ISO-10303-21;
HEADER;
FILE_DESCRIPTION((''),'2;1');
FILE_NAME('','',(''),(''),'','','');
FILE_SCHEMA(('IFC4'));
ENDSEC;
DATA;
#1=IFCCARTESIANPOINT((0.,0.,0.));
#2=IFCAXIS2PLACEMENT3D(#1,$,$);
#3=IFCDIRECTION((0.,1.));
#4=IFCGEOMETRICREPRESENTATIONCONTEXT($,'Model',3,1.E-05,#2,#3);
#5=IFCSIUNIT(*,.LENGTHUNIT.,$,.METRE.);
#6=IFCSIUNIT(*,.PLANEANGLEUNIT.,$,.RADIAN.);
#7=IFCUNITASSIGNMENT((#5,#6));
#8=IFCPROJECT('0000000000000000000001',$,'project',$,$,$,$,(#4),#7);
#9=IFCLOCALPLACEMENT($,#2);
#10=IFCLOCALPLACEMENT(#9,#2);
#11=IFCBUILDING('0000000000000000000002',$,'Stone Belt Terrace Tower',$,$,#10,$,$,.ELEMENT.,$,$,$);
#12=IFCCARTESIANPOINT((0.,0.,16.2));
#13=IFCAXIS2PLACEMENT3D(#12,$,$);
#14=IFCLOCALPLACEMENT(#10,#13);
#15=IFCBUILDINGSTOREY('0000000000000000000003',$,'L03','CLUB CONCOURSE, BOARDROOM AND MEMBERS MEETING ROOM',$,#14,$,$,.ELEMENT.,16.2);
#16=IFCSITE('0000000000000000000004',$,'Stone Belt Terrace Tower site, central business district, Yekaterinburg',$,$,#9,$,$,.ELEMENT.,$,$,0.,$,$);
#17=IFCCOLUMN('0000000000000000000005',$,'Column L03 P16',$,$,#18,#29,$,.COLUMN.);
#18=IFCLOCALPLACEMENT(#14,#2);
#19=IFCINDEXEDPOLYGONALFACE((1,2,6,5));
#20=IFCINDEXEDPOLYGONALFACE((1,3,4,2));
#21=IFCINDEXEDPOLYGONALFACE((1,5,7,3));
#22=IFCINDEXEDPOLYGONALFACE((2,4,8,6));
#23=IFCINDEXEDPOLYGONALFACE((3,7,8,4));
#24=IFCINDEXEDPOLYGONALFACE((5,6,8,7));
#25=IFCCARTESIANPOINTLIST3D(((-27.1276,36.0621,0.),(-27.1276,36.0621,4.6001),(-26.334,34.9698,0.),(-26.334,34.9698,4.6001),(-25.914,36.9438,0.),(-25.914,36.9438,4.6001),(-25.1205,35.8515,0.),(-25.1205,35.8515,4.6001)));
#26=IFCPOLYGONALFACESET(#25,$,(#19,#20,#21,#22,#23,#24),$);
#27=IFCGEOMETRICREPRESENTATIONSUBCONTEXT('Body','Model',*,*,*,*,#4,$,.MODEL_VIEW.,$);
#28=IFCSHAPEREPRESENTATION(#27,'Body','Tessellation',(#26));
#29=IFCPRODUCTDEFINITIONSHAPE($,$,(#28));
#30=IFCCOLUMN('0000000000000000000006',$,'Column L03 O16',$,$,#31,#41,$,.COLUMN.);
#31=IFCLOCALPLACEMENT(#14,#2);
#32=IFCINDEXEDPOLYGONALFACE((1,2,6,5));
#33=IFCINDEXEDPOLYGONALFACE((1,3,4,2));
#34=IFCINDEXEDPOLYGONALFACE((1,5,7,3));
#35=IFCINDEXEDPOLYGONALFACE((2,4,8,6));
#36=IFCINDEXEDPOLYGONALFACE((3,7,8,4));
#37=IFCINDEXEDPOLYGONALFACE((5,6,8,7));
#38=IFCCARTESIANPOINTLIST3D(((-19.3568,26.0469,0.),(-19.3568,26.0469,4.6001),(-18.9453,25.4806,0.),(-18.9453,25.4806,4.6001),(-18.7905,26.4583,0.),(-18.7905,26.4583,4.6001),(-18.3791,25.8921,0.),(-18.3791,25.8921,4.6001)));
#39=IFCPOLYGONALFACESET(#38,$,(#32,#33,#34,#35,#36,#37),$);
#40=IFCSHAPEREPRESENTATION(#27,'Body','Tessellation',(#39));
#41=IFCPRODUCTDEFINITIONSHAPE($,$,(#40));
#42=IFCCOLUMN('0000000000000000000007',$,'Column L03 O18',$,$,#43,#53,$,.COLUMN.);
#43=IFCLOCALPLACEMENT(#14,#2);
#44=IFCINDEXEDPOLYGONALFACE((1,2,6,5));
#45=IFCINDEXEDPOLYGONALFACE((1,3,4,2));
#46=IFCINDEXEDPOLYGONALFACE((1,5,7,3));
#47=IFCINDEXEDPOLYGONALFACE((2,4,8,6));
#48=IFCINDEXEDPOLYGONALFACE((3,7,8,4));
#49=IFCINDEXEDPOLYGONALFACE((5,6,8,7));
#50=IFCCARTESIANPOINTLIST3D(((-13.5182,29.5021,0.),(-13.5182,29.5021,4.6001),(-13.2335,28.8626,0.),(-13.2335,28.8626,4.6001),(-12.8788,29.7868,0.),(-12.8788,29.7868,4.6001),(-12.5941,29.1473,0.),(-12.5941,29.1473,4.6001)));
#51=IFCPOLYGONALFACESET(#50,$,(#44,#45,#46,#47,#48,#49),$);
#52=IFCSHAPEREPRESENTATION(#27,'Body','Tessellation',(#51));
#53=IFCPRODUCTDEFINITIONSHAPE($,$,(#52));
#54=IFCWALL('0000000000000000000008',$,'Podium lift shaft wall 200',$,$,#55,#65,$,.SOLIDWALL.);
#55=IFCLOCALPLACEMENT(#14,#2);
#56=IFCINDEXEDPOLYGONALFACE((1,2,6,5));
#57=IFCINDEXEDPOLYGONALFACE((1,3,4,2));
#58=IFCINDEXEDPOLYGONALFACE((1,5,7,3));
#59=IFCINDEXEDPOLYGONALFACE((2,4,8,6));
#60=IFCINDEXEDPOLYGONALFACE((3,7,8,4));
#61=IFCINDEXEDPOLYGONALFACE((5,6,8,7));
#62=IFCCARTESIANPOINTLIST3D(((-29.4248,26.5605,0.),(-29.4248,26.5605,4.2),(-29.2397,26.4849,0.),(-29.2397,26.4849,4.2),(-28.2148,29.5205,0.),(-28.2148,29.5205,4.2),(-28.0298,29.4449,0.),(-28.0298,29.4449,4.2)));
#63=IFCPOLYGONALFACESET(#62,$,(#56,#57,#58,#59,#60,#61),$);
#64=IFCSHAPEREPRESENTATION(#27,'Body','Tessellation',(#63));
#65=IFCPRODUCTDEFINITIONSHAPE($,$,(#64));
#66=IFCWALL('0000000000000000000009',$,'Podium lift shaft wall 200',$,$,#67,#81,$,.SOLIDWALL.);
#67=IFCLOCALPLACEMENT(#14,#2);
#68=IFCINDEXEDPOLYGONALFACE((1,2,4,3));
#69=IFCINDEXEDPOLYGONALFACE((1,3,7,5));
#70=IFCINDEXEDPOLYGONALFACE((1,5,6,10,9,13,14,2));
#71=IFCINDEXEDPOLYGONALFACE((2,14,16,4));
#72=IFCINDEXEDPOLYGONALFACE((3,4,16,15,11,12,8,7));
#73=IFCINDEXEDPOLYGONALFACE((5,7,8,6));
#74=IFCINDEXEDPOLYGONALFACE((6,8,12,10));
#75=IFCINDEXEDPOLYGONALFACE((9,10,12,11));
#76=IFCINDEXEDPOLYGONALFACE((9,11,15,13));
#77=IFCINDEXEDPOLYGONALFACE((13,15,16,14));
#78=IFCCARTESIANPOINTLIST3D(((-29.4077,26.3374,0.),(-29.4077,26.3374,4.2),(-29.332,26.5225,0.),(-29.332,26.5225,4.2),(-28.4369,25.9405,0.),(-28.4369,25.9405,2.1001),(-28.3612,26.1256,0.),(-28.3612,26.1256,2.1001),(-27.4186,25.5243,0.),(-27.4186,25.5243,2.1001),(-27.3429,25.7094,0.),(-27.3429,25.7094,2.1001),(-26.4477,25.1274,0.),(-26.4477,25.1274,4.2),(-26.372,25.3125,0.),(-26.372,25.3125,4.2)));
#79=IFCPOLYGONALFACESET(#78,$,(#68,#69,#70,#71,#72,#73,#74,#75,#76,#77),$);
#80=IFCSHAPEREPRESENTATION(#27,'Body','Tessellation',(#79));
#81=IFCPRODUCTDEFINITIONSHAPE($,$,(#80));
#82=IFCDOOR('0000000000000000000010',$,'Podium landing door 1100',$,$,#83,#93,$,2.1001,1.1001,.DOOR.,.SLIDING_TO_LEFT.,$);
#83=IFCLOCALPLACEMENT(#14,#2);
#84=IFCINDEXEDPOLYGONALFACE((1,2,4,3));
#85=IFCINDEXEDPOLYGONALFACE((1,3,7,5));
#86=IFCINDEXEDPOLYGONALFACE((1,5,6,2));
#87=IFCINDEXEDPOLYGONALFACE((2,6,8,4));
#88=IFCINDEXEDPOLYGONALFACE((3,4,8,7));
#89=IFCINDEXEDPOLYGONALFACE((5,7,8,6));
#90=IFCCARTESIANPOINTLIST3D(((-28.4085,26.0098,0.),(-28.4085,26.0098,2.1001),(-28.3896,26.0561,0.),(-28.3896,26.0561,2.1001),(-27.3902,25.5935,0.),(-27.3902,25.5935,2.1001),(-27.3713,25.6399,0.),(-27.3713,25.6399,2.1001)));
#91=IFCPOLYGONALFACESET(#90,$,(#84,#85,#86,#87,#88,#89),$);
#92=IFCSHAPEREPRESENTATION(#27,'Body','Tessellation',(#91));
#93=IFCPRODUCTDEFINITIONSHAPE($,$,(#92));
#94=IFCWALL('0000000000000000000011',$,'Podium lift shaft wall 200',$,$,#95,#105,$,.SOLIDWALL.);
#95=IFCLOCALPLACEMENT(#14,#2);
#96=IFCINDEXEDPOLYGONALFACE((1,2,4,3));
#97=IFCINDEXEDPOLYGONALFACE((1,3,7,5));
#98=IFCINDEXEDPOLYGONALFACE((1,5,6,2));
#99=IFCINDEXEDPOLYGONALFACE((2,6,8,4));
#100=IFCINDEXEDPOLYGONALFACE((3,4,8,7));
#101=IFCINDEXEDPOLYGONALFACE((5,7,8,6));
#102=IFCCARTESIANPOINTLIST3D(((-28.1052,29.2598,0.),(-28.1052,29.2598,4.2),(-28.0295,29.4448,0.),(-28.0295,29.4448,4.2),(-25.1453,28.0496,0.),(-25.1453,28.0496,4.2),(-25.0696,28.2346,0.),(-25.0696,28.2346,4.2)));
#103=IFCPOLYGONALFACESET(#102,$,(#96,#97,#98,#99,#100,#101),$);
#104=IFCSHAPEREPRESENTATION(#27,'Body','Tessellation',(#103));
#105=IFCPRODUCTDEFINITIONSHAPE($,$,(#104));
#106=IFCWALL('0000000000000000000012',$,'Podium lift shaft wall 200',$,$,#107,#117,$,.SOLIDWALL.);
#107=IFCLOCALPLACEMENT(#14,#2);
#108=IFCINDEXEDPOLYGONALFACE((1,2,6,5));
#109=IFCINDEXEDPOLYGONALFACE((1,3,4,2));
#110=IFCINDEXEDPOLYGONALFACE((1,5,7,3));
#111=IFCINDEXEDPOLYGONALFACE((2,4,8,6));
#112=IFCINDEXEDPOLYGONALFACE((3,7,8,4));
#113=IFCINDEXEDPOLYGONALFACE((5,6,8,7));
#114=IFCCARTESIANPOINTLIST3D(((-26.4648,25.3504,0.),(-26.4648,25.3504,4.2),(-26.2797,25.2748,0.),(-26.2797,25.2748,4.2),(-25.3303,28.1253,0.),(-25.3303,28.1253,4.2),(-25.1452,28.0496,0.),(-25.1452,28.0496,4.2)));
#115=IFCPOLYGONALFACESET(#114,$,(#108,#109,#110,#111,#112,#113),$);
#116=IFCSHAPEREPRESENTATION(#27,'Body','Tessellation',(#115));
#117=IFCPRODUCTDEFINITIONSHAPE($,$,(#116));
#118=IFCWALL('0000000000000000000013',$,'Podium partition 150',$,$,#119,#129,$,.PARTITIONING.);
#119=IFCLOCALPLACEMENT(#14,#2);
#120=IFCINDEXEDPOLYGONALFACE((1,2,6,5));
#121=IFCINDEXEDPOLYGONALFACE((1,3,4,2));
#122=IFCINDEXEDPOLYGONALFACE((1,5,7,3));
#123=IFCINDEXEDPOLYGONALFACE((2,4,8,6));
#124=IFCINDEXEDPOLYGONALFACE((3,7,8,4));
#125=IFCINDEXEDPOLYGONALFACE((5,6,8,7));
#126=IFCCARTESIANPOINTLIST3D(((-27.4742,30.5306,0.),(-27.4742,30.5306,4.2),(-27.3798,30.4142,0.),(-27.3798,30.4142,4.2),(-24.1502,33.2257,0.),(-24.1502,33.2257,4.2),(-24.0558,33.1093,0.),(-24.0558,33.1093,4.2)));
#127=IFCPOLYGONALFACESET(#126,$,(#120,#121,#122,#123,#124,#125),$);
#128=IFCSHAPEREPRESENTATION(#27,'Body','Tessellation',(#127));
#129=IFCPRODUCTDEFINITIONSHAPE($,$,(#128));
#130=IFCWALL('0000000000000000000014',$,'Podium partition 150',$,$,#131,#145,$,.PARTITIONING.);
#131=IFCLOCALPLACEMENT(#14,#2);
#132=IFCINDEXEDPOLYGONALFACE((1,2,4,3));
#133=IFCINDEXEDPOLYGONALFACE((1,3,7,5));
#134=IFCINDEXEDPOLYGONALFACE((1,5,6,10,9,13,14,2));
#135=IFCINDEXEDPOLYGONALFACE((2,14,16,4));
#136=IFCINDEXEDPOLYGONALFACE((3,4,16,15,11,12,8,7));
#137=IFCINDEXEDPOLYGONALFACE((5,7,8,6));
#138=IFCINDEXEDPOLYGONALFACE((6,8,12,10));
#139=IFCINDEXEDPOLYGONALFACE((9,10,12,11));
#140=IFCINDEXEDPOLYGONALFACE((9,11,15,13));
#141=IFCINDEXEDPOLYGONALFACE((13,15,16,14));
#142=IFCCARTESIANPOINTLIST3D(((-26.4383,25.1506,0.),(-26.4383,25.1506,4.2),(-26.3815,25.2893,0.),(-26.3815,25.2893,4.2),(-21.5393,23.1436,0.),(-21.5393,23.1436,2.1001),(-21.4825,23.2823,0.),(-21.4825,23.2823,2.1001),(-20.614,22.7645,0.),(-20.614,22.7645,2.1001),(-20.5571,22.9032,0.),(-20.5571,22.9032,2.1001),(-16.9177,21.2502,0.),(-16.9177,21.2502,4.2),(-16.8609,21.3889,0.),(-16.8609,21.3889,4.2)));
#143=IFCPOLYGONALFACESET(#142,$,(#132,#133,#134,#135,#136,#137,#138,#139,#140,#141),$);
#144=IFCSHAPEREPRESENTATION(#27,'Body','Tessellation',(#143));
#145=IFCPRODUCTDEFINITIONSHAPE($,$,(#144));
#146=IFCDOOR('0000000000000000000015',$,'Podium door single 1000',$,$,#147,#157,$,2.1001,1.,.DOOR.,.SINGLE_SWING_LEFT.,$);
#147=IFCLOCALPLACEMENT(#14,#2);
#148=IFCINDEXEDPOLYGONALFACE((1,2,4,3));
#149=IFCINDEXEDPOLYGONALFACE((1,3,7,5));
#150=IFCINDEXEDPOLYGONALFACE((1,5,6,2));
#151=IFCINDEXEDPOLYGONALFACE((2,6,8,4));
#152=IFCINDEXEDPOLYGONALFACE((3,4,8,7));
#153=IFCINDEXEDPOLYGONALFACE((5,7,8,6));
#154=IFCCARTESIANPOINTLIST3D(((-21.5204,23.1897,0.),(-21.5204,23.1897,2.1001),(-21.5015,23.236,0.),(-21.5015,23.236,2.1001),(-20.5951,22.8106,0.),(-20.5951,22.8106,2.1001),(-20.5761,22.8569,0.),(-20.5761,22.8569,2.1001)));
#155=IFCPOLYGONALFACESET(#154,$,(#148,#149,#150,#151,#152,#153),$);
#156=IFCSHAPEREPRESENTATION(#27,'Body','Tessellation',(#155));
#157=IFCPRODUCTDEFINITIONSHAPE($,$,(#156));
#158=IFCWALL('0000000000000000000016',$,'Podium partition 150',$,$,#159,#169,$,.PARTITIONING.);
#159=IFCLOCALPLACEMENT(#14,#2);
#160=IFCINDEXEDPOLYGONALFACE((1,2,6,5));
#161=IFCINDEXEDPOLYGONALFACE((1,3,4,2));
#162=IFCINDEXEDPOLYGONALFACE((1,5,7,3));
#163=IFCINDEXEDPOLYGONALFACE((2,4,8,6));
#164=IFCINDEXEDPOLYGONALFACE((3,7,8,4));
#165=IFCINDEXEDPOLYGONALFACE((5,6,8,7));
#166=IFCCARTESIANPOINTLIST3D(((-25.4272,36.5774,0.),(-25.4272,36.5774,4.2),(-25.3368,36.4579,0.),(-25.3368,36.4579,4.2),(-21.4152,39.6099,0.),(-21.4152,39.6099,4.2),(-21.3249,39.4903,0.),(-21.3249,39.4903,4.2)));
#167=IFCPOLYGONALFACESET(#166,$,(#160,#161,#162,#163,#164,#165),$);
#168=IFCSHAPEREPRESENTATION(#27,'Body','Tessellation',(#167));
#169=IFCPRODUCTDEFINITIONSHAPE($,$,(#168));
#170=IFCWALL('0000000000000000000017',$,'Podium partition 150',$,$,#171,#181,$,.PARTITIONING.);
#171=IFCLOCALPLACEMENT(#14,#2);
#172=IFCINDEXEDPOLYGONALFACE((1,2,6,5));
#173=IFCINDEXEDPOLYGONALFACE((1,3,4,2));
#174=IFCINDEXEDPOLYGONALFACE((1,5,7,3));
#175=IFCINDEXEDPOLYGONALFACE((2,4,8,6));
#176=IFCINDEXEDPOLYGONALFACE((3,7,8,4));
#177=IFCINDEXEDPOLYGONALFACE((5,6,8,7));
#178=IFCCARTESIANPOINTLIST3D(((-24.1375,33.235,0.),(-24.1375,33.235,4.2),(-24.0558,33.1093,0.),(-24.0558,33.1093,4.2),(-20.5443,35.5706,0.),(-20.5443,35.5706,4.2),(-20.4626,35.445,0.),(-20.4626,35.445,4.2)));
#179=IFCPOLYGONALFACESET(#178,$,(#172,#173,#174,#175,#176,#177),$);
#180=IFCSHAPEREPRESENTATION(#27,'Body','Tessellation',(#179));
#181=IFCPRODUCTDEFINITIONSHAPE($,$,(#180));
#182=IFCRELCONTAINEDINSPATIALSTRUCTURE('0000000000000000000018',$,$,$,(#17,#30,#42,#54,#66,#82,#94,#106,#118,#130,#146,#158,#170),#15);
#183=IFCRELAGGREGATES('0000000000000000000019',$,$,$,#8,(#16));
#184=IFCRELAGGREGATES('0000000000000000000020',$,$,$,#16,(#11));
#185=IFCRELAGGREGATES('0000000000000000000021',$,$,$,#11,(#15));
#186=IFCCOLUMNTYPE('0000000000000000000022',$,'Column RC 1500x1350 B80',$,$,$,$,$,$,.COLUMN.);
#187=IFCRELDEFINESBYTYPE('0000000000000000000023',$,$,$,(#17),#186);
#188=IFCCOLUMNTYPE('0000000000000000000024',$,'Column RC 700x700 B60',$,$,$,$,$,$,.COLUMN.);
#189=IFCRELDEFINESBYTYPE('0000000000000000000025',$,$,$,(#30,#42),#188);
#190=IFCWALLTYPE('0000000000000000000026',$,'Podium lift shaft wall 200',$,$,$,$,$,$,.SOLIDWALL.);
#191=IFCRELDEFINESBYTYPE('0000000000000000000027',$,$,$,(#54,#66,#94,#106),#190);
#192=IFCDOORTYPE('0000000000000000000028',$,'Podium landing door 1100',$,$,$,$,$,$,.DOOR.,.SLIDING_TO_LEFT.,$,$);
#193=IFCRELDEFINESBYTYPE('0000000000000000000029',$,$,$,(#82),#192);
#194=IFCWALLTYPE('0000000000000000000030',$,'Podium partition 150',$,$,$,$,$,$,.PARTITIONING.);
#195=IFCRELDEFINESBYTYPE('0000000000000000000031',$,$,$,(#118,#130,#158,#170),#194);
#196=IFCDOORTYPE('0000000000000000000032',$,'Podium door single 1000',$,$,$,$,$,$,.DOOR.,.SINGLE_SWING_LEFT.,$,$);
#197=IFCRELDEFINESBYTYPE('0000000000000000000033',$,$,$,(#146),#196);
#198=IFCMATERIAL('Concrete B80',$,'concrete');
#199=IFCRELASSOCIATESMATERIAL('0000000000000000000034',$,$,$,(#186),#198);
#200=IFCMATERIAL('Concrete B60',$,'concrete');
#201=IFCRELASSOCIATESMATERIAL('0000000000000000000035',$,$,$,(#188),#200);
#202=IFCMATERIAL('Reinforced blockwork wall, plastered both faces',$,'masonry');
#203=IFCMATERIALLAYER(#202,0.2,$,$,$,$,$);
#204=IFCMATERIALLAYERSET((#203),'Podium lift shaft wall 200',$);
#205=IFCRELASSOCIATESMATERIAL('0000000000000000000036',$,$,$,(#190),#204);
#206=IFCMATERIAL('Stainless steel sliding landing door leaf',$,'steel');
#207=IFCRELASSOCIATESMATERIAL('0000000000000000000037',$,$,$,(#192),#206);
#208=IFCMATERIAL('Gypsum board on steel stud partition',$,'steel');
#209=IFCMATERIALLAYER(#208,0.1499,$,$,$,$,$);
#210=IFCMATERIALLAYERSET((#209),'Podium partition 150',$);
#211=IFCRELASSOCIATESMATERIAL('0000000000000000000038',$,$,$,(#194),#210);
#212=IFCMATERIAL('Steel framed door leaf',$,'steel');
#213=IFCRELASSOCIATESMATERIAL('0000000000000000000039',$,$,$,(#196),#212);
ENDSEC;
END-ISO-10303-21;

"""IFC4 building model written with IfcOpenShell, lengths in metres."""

from ifc_helpers import new_model, si_unit, direction, frame, frame_2d, origin, origin_2d, place, context, subcontext, project, spatial, rectangle, extrude, material, layer, layer_set, material_profile, profile_set, type_object, element, fill, save


model = new_model("IFC4")

# Units and contexts
model_context = context("Model", 3, precision=1e-05, world=origin(), true_north=direction((0.0, 1.0)))
body_context = subcontext(model_context, "Body", "Model", "MODEL_VIEW")
ifc_project = project(units=[si_unit("LENGTHUNIT", "METRE"), si_unit("PLANEANGLEUNIT", "RADIAN")], contexts=[model_context])

# Site, building, storey
site_placement = place(None, origin())
site = spatial("IfcSite", under=ifc_project, at=site_placement, Name="Stone Belt Terrace Tower site, central business district, Yekaterinburg", CompositionType="ELEMENT", RefElevation=0.0)
building_placement = place(site_placement, origin())
building = spatial("IfcBuilding", under=site, at=building_placement, Name="Stone Belt Terrace Tower", CompositionType="ELEMENT")
storey_placement = place(building_placement, frame((0.0, 0.0, 16.2)))
storey = spatial("IfcBuildingStorey", under=building, at=storey_placement, Name="L03", Description="CLUB CONCOURSE, BOARDROOM AND MEMBERS MEETING ROOM", CompositionType="ELEMENT", Elevation=16.2)

# Columns
ifc_material_1 = material(Name="Concrete B80", Category="concrete")
ifc_material_profile_1 = material_profile(ifc_material_1, rectangle(XDim=1.5, YDim=1.3501, at=origin_2d()), Name="RC 1500x1350")
ifc_profile_set_1 = profile_set([ifc_material_profile_1], Name="Concrete B80")
column_type_1 = type_object("IfcColumnType", Name="Column RC 1500x1350 B80", PredefinedType="COLUMN", material=ifc_profile_set_1)
column_placement = place(storey_placement, frame((-26.124, 35.9568, 0.0), z_axis=(0.0, 0.0, 1.0), x_axis=(0.809017, 0.587785, 0.0)))
element("IfcColumn", 1, at=column_placement, inside=storey, type_object=column_type_1, Name="Column L03 P16", PredefinedType="COLUMN", context=body_context, shape_type="SweptSolid", body=[
    extrude(rectangle(XDim=1.5, YDim=1.3501, at=origin_2d()), origin(), (0.0, 0.0, 1.0), 4.6001),
])
ifc_material_2 = material(Name="Concrete B60", Category="concrete")
ifc_material_profile_2 = material_profile(ifc_material_2, rectangle(XDim=0.7, YDim=0.7, at=origin_2d()), Name="RC 700x700")
ifc_profile_set_2 = profile_set([ifc_material_profile_2], Name="Concrete B60")
column_type_2 = type_object("IfcColumnType", Name="Column RC 700x700 B60", PredefinedType="COLUMN", material=ifc_profile_set_2)
for number, where, z_axis, x_axis, name in (
    (2, (-18.8679, 25.9695, 0.0), (0.0, 0.0, 1.0), (0.809017, 0.587785, 0.0), "Column L03 O16"),
    (3, (-13.0562, 29.3247, 0.0), (0.0, 0.0, 1.0), (0.913545, 0.406737, 0.0), "Column L03 O18"),
):
    element("IfcColumn", number, at=place(storey_placement, frame(where, z_axis=z_axis, x_axis=x_axis)), inside=storey, type_object=column_type_2, Name=name, PredefinedType="COLUMN", context=body_context, shape_type="SweptSolid", body=[
        extrude(rectangle(XDim=0.7, YDim=0.7, at=origin_2d()), origin(), (0.0, 0.0, 1.0), 4.6001),
    ])

# Wall
ifc_material_3 = material(Name="Reinforced blockwork wall, plastered both faces", Category="masonry")
ifc_layer_1 = layer(ifc_material_3, 0.2)
ifc_layer_set_1 = layer_set([ifc_layer_1], Name="Podium lift shaft wall 200")
wall_type_1 = type_object("IfcWallType", Name="Podium lift shaft wall 200", PredefinedType="SOLIDWALL", material=ifc_layer_set_1)
wall_1_placement = place(storey_placement, frame((-29.3323, 26.5227, 0.0), z_axis=(0.0, 0.0, 1.0), x_axis=(0.378383, 0.925649, 0.0)))
element("IfcWall", 4, at=wall_1_placement, inside=storey, type_object=wall_type_1, Name="Podium lift shaft wall 200", PredefinedType="SOLIDWALL", context=body_context, shape_type="SweptSolid", body=[
    extrude(rectangle(XDim=3.1978, YDim=0.2, at=frame_2d((1.5989, 0.0))), origin(), (0.0, 0.0, 1.0), 4.2),
])

# Wall, opening, door
wall_2_placement = place(storey_placement, frame((-29.3699, 26.4299, 0.0), z_axis=(0.0, 0.0, 1.0), x_axis=(0.925649, -0.378383, 0.0)))
wall_2 = element("IfcWall", 5, at=wall_2_placement, inside=storey, type_object=wall_type_1, Name="Podium lift shaft wall 200", PredefinedType="SOLIDWALL", context=body_context, shape_type="SweptSolid", body=[
    extrude(rectangle(XDim=3.1978, YDim=0.2, at=frame_2d((1.5989, 0.0))), origin(), (0.0, 0.0, 1.0), 4.2),
])
opening_1_placement = place(wall_2_placement, frame((1.0488, 0.0, 0.0)))
opening_1 = element("IfcOpeningElement", 6, at=opening_1_placement, cuts=wall_2, PredefinedType="OPENING", context=body_context, shape_type="SweptSolid", body=[
    extrude(rectangle(XDim=1.1001, YDim=2.1001, at=frame_2d((0.55, 1.05))), frame((0.0, 0.1099, 0.0), z_axis=(0.0, -1.0, 0.0), x_axis=(1.0, 0.0, 0.0)), (0.0, 0.0, 1.0), 0.22),
])
ifc_material_4 = material(Name="Stainless steel sliding landing door leaf", Category="steel")
door_type_1 = type_object("IfcDoorType", Name="Podium landing door 1100", OperationType="SLIDING_TO_LEFT", PredefinedType="DOOR", material=ifc_material_4)
door_1_placement = place(opening_1_placement, origin())
door_1 = element("IfcDoor", 7, at=door_1_placement, inside=storey, type_object=door_type_1, Name="Podium landing door 1100", OperationType="SLIDING_TO_LEFT", OverallHeight=2.1001, OverallWidth=1.1001, PredefinedType="DOOR", context=body_context, shape_type="SweptSolid", body=[
    extrude(rectangle(XDim=1.1001, YDim=2.1001, at=frame_2d((0.55, 1.05))), frame((0.0, 0.0249, 0.0), z_axis=(0.0, -1.0, 0.0), x_axis=(1.0, 0.0, 0.0)), (0.0, 0.0, 1.0), 0.05),
])
fill(opening_1, door_1)

# Walls
wall_3_placement = place(storey_placement, frame((-28.0674, 29.3523, 0.0), z_axis=(0.0, 0.0, 1.0), x_axis=(0.925622, -0.378449, 0.0)))
element("IfcWall", 8, at=wall_3_placement, inside=storey, type_object=wall_type_1, Name="Podium lift shaft wall 200", PredefinedType="SOLIDWALL", context=body_context, shape_type="SweptSolid", body=[
    extrude(rectangle(XDim=3.1978, YDim=0.2, at=frame_2d((1.5989, 0.0))), origin(), (0.0, 0.0, 1.0), 4.2),
])
wall_4_placement = place(storey_placement, frame((-26.3723, 25.3125, 0.0), z_axis=(0.0, 0.0, 1.0), x_axis=(0.378443, 0.925625, 0.0)))
element("IfcWall", 9, at=wall_4_placement, inside=storey, type_object=wall_type_1, Name="Podium lift shaft wall 200", PredefinedType="SOLIDWALL", context=body_context, shape_type="SweptSolid", body=[
    extrude(rectangle(XDim=2.9978, YDim=0.2, at=frame_2d((1.499, 0.0))), origin(), (0.0, 0.0, 1.0), 4.2),
])
ifc_material_5 = material(Name="Gypsum board on steel stud partition", Category="steel")
ifc_layer_2 = layer(ifc_material_5, 0.1499)
ifc_layer_set_2 = layer_set([ifc_layer_2], Name="Podium partition 150")
wall_type_2 = type_object("IfcWallType", Name="Podium partition 150", PredefinedType="PARTITIONING", material=ifc_layer_set_2)
wall_5_placement = place(storey_placement, frame((-27.427, 30.4724, 0.0), z_axis=(0.0, 0.0, 1.0), x_axis=(0.776761, 0.629795, 0.0)))
element("IfcWall", 10, at=wall_5_placement, inside=storey, type_object=wall_type_2, Name="Podium partition 150", PredefinedType="PARTITIONING", context=body_context, shape_type="SweptSolid", body=[
    extrude(rectangle(XDim=4.2793, YDim=0.1499, at=frame_2d((2.1396, 0.0))), origin(), (0.0, 0.0, 1.0), 4.2),
])

# Wall, opening, door
wall_6_placement = place(storey_placement, frame((-26.4099, 25.22, 0.0), z_axis=(0.0, 0.0, 1.0), x_axis=(0.925355, -0.379102, 0.0)))
wall_6 = element("IfcWall", 11, at=wall_6_placement, inside=storey, type_object=wall_type_2, Name="Podium partition 150", PredefinedType="PARTITIONING", context=body_context, shape_type="SweptSolid", body=[
    extrude(rectangle(XDim=10.2886, YDim=0.1499, at=frame_2d((5.1443, 0.0))), origin(), (0.0, 0.0, 1.0), 4.2),
])
opening_2_placement = place(wall_6_placement, frame((5.2942, 0.0, 0.0)))
opening_2 = element("IfcOpeningElement", 12, at=opening_2_placement, cuts=wall_6, PredefinedType="OPENING", context=body_context, shape_type="SweptSolid", body=[
    extrude(rectangle(XDim=1.0, YDim=2.1001, at=frame_2d((0.5, 1.05))), frame((0.0, 0.085, 0.0), z_axis=(0.0, -1.0, 0.0), x_axis=(1.0, 0.0, 0.0)), (0.0, 0.0, 1.0), 0.1699),
])
ifc_material_6 = material(Name="Steel framed door leaf", Category="steel")
door_type_2 = type_object("IfcDoorType", Name="Podium door single 1000", OperationType="SINGLE_SWING_LEFT", PredefinedType="DOOR", material=ifc_material_6)
door_2_placement = place(opening_2_placement, origin())
door_2 = element("IfcDoor", 13, at=door_2_placement, inside=storey, type_object=door_type_2, Name="Podium door single 1000", OperationType="SINGLE_SWING_LEFT", OverallHeight=2.1001, OverallWidth=1.0, PredefinedType="DOOR", context=body_context, shape_type="SweptSolid", body=[
    extrude(rectangle(XDim=1.0, YDim=2.1001, at=frame_2d((0.5, 1.05))), frame((0.0, 0.0249, 0.0), z_axis=(0.0, -1.0, 0.0), x_axis=(1.0, 0.0, 0.0)), (0.0, 0.0, 1.0), 0.05),
])
fill(opening_2, door_2)

# Walls
wall_7_placement = place(storey_placement, frame((-25.3821, 36.5176, 0.0), z_axis=(0.0, 0.0, 1.0), x_axis=(0.797752, 0.602986, 0.0)))
element("IfcWall", 14, at=wall_7_placement, inside=storey, type_object=wall_type_2, Name="Podium partition 150", PredefinedType="PARTITIONING", context=body_context, shape_type="SweptSolid", body=[
    extrude(rectangle(XDim=5.0291, YDim=0.1499, at=frame_2d((2.5146, 0.0))), origin(), (0.0, 0.0, 1.0), 4.2),
])
wall_8_placement = place(storey_placement, frame((-24.0967, 33.1721, 0.0), z_axis=(0.0, 0.0, 1.0), x_axis=(0.838436, 0.545, 0.0)))
element("IfcWall", 15, at=wall_8_placement, inside=storey, type_object=wall_type_2, Name="Podium partition 150", PredefinedType="PARTITIONING", context=body_context, shape_type="SweptSolid", body=[
    extrude(rectangle(XDim=4.2856, YDim=0.1499, at=frame_2d((2.1428, 0.0))), origin(), (0.0, 0.0, 1.0), 4.2),
])

save(model, "model.ifc")
